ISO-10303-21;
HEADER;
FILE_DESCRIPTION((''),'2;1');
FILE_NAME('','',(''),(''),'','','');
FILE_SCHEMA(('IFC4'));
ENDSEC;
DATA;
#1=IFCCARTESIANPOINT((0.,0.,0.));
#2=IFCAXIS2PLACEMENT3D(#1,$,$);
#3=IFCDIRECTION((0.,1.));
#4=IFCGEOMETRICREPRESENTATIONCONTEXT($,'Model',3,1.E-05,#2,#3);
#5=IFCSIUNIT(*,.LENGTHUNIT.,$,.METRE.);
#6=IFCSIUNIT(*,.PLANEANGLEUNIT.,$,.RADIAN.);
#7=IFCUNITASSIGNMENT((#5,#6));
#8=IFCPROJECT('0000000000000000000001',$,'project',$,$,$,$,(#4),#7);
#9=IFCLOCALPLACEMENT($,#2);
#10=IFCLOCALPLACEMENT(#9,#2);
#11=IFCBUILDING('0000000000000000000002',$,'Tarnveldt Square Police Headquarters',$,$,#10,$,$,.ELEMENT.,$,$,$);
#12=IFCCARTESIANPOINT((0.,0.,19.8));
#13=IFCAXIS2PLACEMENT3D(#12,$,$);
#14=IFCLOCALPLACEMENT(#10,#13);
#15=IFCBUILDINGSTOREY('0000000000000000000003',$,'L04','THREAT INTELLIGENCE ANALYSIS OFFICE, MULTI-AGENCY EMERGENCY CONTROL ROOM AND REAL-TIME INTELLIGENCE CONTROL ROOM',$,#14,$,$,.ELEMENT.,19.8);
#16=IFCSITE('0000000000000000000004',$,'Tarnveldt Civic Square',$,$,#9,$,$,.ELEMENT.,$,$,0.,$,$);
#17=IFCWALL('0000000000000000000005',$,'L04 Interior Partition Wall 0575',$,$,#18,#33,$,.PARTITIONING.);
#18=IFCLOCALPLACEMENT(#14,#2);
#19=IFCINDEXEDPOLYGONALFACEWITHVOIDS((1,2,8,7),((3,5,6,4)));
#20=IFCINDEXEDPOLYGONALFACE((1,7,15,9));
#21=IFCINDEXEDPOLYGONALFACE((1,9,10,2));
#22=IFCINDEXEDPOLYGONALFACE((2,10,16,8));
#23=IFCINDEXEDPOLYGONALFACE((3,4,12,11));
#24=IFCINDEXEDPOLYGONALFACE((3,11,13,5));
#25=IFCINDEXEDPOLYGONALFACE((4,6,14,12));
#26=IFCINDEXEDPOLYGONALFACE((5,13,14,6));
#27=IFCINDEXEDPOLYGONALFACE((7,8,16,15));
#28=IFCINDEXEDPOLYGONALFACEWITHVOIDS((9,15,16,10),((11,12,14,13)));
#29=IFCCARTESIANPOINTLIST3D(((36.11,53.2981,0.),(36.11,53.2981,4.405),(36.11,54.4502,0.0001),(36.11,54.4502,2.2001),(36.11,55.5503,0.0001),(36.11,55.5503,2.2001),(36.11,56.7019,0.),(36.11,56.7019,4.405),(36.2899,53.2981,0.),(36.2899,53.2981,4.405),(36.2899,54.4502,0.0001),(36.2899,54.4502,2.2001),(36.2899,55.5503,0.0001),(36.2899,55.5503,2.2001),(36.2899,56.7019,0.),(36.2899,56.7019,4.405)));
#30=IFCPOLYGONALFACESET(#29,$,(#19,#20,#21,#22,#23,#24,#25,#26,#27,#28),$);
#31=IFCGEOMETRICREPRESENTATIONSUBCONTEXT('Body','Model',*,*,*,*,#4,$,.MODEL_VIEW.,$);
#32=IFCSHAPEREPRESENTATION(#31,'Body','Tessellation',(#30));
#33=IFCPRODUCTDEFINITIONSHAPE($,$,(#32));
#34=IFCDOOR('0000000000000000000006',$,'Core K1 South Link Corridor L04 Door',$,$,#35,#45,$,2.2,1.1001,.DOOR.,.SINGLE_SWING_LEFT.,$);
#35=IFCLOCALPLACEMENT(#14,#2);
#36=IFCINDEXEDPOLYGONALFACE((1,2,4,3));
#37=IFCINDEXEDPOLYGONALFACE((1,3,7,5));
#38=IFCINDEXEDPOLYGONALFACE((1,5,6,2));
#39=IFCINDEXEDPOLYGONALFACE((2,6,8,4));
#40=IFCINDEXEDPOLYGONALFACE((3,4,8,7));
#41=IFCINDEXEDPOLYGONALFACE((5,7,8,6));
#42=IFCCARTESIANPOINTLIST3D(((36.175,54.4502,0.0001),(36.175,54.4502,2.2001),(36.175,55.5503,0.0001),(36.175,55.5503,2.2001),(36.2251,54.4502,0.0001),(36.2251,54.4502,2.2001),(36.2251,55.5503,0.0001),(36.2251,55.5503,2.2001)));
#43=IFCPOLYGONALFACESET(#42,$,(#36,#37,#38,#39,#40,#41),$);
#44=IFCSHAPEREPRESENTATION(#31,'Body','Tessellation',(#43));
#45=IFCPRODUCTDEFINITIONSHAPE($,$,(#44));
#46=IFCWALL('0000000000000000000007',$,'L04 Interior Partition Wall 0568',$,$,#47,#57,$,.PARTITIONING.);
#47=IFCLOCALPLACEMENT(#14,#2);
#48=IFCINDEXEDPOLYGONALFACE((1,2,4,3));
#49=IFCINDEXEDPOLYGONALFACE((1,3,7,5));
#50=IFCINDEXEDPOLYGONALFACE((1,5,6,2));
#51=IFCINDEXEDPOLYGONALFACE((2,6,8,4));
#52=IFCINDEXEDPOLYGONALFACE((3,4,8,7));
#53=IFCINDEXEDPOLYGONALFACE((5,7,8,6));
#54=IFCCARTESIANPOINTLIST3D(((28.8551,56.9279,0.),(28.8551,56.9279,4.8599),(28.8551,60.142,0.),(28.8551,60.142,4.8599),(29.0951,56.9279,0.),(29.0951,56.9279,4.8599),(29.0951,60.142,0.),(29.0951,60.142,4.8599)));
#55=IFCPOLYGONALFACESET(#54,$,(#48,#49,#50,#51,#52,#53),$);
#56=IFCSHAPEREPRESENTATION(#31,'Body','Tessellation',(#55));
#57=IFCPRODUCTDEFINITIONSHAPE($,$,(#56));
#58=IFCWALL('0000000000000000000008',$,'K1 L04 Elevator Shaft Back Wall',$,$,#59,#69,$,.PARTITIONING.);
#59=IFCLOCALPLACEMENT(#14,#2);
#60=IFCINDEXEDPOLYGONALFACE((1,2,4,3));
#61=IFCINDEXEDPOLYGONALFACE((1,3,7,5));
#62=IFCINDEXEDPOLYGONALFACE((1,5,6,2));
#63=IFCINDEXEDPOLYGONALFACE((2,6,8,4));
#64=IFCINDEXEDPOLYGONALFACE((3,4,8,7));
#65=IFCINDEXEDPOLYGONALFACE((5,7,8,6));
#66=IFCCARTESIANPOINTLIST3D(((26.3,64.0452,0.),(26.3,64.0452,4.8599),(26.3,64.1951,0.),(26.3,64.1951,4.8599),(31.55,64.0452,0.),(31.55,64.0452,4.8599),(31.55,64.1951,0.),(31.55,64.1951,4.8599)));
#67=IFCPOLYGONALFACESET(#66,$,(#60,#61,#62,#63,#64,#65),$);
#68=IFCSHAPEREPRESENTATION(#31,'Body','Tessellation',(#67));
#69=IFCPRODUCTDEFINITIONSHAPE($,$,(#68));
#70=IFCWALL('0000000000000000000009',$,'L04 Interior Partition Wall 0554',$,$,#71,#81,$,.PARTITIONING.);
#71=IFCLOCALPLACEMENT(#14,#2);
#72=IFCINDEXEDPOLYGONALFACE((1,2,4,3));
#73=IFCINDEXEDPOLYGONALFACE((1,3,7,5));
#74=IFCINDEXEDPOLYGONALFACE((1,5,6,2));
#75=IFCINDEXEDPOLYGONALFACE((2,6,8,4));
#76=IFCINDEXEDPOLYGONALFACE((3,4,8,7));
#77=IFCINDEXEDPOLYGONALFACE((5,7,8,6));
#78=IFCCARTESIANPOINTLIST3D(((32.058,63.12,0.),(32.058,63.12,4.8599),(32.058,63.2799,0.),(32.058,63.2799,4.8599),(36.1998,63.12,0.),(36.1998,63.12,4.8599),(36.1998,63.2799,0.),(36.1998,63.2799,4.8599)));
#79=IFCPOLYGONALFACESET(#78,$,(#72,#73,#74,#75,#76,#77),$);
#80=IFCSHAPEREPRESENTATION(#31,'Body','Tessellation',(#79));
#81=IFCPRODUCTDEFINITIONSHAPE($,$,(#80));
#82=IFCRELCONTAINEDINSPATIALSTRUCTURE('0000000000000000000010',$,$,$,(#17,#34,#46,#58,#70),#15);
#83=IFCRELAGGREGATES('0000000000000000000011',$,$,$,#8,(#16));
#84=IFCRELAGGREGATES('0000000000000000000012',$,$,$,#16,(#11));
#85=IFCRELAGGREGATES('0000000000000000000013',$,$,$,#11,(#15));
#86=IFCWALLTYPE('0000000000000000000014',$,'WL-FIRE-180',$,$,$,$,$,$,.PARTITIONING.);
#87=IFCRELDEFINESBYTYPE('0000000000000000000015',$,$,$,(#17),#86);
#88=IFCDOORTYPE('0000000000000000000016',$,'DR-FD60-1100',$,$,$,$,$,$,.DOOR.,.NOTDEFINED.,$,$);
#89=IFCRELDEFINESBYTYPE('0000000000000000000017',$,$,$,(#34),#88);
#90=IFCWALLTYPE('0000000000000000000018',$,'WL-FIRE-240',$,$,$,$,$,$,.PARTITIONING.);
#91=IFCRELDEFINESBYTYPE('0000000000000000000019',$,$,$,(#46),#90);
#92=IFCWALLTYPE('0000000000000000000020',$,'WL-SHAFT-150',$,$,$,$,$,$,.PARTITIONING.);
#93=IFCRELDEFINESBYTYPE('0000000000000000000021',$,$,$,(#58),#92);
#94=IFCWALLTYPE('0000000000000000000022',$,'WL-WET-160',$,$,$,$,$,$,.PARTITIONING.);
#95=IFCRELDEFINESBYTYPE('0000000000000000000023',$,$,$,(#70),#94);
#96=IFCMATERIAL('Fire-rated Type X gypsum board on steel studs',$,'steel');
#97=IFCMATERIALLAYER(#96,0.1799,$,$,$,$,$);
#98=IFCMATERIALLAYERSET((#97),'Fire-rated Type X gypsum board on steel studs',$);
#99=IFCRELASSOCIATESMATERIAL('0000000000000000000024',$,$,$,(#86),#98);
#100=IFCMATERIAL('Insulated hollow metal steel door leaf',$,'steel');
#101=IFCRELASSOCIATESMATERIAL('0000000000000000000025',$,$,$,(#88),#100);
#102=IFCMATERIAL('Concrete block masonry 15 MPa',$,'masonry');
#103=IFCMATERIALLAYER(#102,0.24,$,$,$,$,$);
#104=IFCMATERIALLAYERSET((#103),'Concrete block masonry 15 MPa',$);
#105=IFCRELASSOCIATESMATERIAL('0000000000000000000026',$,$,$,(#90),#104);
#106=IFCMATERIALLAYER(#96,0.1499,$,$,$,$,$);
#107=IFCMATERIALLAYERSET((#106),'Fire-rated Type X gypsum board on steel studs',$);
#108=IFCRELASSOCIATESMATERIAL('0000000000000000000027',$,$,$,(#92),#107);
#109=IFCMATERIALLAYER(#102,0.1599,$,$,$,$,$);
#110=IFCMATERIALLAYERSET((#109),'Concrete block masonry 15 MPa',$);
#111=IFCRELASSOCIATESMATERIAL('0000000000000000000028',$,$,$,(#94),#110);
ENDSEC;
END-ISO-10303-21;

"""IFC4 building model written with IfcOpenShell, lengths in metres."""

from ifc_helpers import new_model, si_unit, direction, frame, frame_2d, origin, place, context, subcontext, project, spatial, rectangle, extrude, material, layer, layer_set, type_object, element, fill, save


model = new_model("IFC4")

# Units and contexts
model_context = context("Model", 3, precision=1e-05, world=origin(), true_north=direction((0.0, 1.0)))
body_context = subcontext(model_context, "Body", "Model", "MODEL_VIEW")
ifc_project = project(units=[si_unit("LENGTHUNIT", "METRE"), si_unit("PLANEANGLEUNIT", "RADIAN")], contexts=[model_context])

# Site, building, storey
site_placement = place(None, origin())
site = spatial("IfcSite", under=ifc_project, at=site_placement, Name="Tarnveldt Civic Square", CompositionType="ELEMENT", RefElevation=0.0)
building_placement = place(site_placement, origin())
building = spatial("IfcBuilding", under=site, at=building_placement, Name="Tarnveldt Square Police Headquarters", CompositionType="ELEMENT")
storey_placement = place(building_placement, frame((0.0, 0.0, 19.8)))
storey = spatial("IfcBuildingStorey", under=building, at=storey_placement, Name="L04", Description="THREAT INTELLIGENCE ANALYSIS OFFICE, MULTI-AGENCY EMERGENCY CONTROL ROOM AND REAL-TIME INTELLIGENCE CONTROL ROOM", CompositionType="ELEMENT", Elevation=19.8)

# Shared definitions
ifc_material_1 = material(Name="Fire-rated Type X gypsum board on steel studs", Category="steel")
ifc_layer_1 = layer(ifc_material_1, 0.1799)
ifc_layer_set_1 = layer_set([ifc_layer_1], Name="Fire-rated Type X gypsum board on steel studs")
wall_type_1 = type_object("IfcWallType", Name="WL-FIRE-180", PredefinedType="PARTITIONING", material=ifc_layer_set_1)

# Shared definitions
ifc_material_2 = material(Name="Insulated hollow metal steel door leaf", Category="steel")
door_type = type_object("IfcDoorType", Name="DR-FD60-1100", OperationType="NOTDEFINED", PredefinedType="DOOR", material=ifc_material_2)

# Wall, opening, door
wall_1_placement = place(storey_placement, frame((36.2, 53.2981, 0.0), z_axis=(0.0, 0.0, 1.0), x_axis=(0.0, 1.0, 0.0)))
wall_1 = element("IfcWall", 1, at=wall_1_placement, inside=storey, type_object=wall_type_1, Name="L04 Interior Partition Wall 0575", PredefinedType="PARTITIONING", context=body_context, shape_type="SweptSolid", body=[
    extrude(rectangle(XDim=3.4038, YDim=0.1799, at=frame_2d((1.7019, 0.0))), origin(), (0.0, 0.0, 1.0), 4.405),
])
opening_1_placement = place(wall_1_placement, frame((1.1521, 0.0, 0.0)))
opening_1 = element("IfcOpeningElement", 2, at=opening_1_placement, cuts=wall_1, PredefinedType="OPENING", context=body_context, shape_type="SweptSolid", body=[
    extrude(rectangle(XDim=1.1001, YDim=2.2, at=frame_2d((0.55, 1.1001))), frame((0.0, 0.0999, 0.0), z_axis=(0.0, -1.0, 0.0), x_axis=(1.0, 0.0, 0.0)), (0.0, 0.0, 1.0), 0.2),
])
door_1_placement = place(opening_1_placement, origin())
door_1 = element("IfcDoor", 3, at=door_1_placement, inside=storey, type_object=door_type, Name="Core K1 South Link Corridor L04 Door", OperationType="SINGLE_SWING_LEFT", OverallHeight=2.2, OverallWidth=1.1001, PredefinedType="DOOR", context=body_context, shape_type="SweptSolid", body=[
    extrude(rectangle(XDim=1.1001, YDim=2.2, at=frame_2d((0.55, 1.1001))), frame((0.0, 0.0249, 0.0), z_axis=(0.0, -1.0, 0.0), x_axis=(1.0, 0.0, 0.0)), (0.0, 0.0, 1.0), 0.05),
])
fill(opening_1, door_1)

# Walls
ifc_material_3 = material(Name="Concrete block masonry 15 MPa", Category="masonry")
ifc_layer_2 = layer(ifc_material_3, 0.24)
ifc_layer_set_2 = layer_set([ifc_layer_2], Name="Concrete block masonry 15 MPa")
wall_type_2 = type_object("IfcWallType", Name="WL-FIRE-240", PredefinedType="PARTITIONING", material=ifc_layer_set_2)
wall_2_placement = place(storey_placement, frame((28.9751, 56.928, 0.0), z_axis=(0.0, 0.0, 1.0), x_axis=(0.0, 1.0, 0.0)))
element("IfcWall", 4, at=wall_2_placement, inside=storey, type_object=wall_type_2, Name="L04 Interior Partition Wall 0568", PredefinedType="PARTITIONING", context=body_context, shape_type="SweptSolid", body=[
    extrude(rectangle(XDim=3.2141, YDim=0.24, at=frame_2d((1.6069, 0.0))), origin(), (0.0, 0.0, 1.0), 4.8599),
])
ifc_layer_3 = layer(ifc_material_1, 0.1499)
ifc_layer_set_3 = layer_set([ifc_layer_3], Name="Fire-rated Type X gypsum board on steel studs")
wall_type_3 = type_object("IfcWallType", Name="WL-SHAFT-150", PredefinedType="PARTITIONING", material=ifc_layer_set_3)
wall_3_placement = place(storey_placement, frame((26.3, 64.1201, 0.0), z_axis=(0.0, 0.0, 1.0), x_axis=(1.0, 0.0, 0.0)))
element("IfcWall", 5, at=wall_3_placement, inside=storey, type_object=wall_type_3, Name="K1 L04 Elevator Shaft Back Wall", PredefinedType="PARTITIONING", context=body_context, shape_type="SweptSolid", body=[
    extrude(rectangle(XDim=5.25, YDim=0.1499, at=frame_2d((2.625, 0.0))), origin(), (0.0, 0.0, 1.0), 4.8599),
])
ifc_layer_4 = layer(ifc_material_3, 0.1599)
ifc_layer_set_4 = layer_set([ifc_layer_4], Name="Concrete block masonry 15 MPa")
wall_type_4 = type_object("IfcWallType", Name="WL-WET-160", PredefinedType="PARTITIONING", material=ifc_layer_set_4)
wall_4_placement = place(storey_placement, frame((32.0581, 63.2, 0.0), z_axis=(0.0, 0.0, 1.0), x_axis=(1.0, 0.0, 0.0)))
element("IfcWall", 6, at=wall_4_placement, inside=storey, type_object=wall_type_4, Name="L04 Interior Partition Wall 0554", PredefinedType="PARTITIONING", context=body_context, shape_type="SweptSolid", body=[
    extrude(rectangle(XDim=4.1418, YDim=0.1599, at=frame_2d((2.0708, 0.0))), origin(), (0.0, 0.0, 1.0), 4.8599),
])

save(model, "model.ifc")
